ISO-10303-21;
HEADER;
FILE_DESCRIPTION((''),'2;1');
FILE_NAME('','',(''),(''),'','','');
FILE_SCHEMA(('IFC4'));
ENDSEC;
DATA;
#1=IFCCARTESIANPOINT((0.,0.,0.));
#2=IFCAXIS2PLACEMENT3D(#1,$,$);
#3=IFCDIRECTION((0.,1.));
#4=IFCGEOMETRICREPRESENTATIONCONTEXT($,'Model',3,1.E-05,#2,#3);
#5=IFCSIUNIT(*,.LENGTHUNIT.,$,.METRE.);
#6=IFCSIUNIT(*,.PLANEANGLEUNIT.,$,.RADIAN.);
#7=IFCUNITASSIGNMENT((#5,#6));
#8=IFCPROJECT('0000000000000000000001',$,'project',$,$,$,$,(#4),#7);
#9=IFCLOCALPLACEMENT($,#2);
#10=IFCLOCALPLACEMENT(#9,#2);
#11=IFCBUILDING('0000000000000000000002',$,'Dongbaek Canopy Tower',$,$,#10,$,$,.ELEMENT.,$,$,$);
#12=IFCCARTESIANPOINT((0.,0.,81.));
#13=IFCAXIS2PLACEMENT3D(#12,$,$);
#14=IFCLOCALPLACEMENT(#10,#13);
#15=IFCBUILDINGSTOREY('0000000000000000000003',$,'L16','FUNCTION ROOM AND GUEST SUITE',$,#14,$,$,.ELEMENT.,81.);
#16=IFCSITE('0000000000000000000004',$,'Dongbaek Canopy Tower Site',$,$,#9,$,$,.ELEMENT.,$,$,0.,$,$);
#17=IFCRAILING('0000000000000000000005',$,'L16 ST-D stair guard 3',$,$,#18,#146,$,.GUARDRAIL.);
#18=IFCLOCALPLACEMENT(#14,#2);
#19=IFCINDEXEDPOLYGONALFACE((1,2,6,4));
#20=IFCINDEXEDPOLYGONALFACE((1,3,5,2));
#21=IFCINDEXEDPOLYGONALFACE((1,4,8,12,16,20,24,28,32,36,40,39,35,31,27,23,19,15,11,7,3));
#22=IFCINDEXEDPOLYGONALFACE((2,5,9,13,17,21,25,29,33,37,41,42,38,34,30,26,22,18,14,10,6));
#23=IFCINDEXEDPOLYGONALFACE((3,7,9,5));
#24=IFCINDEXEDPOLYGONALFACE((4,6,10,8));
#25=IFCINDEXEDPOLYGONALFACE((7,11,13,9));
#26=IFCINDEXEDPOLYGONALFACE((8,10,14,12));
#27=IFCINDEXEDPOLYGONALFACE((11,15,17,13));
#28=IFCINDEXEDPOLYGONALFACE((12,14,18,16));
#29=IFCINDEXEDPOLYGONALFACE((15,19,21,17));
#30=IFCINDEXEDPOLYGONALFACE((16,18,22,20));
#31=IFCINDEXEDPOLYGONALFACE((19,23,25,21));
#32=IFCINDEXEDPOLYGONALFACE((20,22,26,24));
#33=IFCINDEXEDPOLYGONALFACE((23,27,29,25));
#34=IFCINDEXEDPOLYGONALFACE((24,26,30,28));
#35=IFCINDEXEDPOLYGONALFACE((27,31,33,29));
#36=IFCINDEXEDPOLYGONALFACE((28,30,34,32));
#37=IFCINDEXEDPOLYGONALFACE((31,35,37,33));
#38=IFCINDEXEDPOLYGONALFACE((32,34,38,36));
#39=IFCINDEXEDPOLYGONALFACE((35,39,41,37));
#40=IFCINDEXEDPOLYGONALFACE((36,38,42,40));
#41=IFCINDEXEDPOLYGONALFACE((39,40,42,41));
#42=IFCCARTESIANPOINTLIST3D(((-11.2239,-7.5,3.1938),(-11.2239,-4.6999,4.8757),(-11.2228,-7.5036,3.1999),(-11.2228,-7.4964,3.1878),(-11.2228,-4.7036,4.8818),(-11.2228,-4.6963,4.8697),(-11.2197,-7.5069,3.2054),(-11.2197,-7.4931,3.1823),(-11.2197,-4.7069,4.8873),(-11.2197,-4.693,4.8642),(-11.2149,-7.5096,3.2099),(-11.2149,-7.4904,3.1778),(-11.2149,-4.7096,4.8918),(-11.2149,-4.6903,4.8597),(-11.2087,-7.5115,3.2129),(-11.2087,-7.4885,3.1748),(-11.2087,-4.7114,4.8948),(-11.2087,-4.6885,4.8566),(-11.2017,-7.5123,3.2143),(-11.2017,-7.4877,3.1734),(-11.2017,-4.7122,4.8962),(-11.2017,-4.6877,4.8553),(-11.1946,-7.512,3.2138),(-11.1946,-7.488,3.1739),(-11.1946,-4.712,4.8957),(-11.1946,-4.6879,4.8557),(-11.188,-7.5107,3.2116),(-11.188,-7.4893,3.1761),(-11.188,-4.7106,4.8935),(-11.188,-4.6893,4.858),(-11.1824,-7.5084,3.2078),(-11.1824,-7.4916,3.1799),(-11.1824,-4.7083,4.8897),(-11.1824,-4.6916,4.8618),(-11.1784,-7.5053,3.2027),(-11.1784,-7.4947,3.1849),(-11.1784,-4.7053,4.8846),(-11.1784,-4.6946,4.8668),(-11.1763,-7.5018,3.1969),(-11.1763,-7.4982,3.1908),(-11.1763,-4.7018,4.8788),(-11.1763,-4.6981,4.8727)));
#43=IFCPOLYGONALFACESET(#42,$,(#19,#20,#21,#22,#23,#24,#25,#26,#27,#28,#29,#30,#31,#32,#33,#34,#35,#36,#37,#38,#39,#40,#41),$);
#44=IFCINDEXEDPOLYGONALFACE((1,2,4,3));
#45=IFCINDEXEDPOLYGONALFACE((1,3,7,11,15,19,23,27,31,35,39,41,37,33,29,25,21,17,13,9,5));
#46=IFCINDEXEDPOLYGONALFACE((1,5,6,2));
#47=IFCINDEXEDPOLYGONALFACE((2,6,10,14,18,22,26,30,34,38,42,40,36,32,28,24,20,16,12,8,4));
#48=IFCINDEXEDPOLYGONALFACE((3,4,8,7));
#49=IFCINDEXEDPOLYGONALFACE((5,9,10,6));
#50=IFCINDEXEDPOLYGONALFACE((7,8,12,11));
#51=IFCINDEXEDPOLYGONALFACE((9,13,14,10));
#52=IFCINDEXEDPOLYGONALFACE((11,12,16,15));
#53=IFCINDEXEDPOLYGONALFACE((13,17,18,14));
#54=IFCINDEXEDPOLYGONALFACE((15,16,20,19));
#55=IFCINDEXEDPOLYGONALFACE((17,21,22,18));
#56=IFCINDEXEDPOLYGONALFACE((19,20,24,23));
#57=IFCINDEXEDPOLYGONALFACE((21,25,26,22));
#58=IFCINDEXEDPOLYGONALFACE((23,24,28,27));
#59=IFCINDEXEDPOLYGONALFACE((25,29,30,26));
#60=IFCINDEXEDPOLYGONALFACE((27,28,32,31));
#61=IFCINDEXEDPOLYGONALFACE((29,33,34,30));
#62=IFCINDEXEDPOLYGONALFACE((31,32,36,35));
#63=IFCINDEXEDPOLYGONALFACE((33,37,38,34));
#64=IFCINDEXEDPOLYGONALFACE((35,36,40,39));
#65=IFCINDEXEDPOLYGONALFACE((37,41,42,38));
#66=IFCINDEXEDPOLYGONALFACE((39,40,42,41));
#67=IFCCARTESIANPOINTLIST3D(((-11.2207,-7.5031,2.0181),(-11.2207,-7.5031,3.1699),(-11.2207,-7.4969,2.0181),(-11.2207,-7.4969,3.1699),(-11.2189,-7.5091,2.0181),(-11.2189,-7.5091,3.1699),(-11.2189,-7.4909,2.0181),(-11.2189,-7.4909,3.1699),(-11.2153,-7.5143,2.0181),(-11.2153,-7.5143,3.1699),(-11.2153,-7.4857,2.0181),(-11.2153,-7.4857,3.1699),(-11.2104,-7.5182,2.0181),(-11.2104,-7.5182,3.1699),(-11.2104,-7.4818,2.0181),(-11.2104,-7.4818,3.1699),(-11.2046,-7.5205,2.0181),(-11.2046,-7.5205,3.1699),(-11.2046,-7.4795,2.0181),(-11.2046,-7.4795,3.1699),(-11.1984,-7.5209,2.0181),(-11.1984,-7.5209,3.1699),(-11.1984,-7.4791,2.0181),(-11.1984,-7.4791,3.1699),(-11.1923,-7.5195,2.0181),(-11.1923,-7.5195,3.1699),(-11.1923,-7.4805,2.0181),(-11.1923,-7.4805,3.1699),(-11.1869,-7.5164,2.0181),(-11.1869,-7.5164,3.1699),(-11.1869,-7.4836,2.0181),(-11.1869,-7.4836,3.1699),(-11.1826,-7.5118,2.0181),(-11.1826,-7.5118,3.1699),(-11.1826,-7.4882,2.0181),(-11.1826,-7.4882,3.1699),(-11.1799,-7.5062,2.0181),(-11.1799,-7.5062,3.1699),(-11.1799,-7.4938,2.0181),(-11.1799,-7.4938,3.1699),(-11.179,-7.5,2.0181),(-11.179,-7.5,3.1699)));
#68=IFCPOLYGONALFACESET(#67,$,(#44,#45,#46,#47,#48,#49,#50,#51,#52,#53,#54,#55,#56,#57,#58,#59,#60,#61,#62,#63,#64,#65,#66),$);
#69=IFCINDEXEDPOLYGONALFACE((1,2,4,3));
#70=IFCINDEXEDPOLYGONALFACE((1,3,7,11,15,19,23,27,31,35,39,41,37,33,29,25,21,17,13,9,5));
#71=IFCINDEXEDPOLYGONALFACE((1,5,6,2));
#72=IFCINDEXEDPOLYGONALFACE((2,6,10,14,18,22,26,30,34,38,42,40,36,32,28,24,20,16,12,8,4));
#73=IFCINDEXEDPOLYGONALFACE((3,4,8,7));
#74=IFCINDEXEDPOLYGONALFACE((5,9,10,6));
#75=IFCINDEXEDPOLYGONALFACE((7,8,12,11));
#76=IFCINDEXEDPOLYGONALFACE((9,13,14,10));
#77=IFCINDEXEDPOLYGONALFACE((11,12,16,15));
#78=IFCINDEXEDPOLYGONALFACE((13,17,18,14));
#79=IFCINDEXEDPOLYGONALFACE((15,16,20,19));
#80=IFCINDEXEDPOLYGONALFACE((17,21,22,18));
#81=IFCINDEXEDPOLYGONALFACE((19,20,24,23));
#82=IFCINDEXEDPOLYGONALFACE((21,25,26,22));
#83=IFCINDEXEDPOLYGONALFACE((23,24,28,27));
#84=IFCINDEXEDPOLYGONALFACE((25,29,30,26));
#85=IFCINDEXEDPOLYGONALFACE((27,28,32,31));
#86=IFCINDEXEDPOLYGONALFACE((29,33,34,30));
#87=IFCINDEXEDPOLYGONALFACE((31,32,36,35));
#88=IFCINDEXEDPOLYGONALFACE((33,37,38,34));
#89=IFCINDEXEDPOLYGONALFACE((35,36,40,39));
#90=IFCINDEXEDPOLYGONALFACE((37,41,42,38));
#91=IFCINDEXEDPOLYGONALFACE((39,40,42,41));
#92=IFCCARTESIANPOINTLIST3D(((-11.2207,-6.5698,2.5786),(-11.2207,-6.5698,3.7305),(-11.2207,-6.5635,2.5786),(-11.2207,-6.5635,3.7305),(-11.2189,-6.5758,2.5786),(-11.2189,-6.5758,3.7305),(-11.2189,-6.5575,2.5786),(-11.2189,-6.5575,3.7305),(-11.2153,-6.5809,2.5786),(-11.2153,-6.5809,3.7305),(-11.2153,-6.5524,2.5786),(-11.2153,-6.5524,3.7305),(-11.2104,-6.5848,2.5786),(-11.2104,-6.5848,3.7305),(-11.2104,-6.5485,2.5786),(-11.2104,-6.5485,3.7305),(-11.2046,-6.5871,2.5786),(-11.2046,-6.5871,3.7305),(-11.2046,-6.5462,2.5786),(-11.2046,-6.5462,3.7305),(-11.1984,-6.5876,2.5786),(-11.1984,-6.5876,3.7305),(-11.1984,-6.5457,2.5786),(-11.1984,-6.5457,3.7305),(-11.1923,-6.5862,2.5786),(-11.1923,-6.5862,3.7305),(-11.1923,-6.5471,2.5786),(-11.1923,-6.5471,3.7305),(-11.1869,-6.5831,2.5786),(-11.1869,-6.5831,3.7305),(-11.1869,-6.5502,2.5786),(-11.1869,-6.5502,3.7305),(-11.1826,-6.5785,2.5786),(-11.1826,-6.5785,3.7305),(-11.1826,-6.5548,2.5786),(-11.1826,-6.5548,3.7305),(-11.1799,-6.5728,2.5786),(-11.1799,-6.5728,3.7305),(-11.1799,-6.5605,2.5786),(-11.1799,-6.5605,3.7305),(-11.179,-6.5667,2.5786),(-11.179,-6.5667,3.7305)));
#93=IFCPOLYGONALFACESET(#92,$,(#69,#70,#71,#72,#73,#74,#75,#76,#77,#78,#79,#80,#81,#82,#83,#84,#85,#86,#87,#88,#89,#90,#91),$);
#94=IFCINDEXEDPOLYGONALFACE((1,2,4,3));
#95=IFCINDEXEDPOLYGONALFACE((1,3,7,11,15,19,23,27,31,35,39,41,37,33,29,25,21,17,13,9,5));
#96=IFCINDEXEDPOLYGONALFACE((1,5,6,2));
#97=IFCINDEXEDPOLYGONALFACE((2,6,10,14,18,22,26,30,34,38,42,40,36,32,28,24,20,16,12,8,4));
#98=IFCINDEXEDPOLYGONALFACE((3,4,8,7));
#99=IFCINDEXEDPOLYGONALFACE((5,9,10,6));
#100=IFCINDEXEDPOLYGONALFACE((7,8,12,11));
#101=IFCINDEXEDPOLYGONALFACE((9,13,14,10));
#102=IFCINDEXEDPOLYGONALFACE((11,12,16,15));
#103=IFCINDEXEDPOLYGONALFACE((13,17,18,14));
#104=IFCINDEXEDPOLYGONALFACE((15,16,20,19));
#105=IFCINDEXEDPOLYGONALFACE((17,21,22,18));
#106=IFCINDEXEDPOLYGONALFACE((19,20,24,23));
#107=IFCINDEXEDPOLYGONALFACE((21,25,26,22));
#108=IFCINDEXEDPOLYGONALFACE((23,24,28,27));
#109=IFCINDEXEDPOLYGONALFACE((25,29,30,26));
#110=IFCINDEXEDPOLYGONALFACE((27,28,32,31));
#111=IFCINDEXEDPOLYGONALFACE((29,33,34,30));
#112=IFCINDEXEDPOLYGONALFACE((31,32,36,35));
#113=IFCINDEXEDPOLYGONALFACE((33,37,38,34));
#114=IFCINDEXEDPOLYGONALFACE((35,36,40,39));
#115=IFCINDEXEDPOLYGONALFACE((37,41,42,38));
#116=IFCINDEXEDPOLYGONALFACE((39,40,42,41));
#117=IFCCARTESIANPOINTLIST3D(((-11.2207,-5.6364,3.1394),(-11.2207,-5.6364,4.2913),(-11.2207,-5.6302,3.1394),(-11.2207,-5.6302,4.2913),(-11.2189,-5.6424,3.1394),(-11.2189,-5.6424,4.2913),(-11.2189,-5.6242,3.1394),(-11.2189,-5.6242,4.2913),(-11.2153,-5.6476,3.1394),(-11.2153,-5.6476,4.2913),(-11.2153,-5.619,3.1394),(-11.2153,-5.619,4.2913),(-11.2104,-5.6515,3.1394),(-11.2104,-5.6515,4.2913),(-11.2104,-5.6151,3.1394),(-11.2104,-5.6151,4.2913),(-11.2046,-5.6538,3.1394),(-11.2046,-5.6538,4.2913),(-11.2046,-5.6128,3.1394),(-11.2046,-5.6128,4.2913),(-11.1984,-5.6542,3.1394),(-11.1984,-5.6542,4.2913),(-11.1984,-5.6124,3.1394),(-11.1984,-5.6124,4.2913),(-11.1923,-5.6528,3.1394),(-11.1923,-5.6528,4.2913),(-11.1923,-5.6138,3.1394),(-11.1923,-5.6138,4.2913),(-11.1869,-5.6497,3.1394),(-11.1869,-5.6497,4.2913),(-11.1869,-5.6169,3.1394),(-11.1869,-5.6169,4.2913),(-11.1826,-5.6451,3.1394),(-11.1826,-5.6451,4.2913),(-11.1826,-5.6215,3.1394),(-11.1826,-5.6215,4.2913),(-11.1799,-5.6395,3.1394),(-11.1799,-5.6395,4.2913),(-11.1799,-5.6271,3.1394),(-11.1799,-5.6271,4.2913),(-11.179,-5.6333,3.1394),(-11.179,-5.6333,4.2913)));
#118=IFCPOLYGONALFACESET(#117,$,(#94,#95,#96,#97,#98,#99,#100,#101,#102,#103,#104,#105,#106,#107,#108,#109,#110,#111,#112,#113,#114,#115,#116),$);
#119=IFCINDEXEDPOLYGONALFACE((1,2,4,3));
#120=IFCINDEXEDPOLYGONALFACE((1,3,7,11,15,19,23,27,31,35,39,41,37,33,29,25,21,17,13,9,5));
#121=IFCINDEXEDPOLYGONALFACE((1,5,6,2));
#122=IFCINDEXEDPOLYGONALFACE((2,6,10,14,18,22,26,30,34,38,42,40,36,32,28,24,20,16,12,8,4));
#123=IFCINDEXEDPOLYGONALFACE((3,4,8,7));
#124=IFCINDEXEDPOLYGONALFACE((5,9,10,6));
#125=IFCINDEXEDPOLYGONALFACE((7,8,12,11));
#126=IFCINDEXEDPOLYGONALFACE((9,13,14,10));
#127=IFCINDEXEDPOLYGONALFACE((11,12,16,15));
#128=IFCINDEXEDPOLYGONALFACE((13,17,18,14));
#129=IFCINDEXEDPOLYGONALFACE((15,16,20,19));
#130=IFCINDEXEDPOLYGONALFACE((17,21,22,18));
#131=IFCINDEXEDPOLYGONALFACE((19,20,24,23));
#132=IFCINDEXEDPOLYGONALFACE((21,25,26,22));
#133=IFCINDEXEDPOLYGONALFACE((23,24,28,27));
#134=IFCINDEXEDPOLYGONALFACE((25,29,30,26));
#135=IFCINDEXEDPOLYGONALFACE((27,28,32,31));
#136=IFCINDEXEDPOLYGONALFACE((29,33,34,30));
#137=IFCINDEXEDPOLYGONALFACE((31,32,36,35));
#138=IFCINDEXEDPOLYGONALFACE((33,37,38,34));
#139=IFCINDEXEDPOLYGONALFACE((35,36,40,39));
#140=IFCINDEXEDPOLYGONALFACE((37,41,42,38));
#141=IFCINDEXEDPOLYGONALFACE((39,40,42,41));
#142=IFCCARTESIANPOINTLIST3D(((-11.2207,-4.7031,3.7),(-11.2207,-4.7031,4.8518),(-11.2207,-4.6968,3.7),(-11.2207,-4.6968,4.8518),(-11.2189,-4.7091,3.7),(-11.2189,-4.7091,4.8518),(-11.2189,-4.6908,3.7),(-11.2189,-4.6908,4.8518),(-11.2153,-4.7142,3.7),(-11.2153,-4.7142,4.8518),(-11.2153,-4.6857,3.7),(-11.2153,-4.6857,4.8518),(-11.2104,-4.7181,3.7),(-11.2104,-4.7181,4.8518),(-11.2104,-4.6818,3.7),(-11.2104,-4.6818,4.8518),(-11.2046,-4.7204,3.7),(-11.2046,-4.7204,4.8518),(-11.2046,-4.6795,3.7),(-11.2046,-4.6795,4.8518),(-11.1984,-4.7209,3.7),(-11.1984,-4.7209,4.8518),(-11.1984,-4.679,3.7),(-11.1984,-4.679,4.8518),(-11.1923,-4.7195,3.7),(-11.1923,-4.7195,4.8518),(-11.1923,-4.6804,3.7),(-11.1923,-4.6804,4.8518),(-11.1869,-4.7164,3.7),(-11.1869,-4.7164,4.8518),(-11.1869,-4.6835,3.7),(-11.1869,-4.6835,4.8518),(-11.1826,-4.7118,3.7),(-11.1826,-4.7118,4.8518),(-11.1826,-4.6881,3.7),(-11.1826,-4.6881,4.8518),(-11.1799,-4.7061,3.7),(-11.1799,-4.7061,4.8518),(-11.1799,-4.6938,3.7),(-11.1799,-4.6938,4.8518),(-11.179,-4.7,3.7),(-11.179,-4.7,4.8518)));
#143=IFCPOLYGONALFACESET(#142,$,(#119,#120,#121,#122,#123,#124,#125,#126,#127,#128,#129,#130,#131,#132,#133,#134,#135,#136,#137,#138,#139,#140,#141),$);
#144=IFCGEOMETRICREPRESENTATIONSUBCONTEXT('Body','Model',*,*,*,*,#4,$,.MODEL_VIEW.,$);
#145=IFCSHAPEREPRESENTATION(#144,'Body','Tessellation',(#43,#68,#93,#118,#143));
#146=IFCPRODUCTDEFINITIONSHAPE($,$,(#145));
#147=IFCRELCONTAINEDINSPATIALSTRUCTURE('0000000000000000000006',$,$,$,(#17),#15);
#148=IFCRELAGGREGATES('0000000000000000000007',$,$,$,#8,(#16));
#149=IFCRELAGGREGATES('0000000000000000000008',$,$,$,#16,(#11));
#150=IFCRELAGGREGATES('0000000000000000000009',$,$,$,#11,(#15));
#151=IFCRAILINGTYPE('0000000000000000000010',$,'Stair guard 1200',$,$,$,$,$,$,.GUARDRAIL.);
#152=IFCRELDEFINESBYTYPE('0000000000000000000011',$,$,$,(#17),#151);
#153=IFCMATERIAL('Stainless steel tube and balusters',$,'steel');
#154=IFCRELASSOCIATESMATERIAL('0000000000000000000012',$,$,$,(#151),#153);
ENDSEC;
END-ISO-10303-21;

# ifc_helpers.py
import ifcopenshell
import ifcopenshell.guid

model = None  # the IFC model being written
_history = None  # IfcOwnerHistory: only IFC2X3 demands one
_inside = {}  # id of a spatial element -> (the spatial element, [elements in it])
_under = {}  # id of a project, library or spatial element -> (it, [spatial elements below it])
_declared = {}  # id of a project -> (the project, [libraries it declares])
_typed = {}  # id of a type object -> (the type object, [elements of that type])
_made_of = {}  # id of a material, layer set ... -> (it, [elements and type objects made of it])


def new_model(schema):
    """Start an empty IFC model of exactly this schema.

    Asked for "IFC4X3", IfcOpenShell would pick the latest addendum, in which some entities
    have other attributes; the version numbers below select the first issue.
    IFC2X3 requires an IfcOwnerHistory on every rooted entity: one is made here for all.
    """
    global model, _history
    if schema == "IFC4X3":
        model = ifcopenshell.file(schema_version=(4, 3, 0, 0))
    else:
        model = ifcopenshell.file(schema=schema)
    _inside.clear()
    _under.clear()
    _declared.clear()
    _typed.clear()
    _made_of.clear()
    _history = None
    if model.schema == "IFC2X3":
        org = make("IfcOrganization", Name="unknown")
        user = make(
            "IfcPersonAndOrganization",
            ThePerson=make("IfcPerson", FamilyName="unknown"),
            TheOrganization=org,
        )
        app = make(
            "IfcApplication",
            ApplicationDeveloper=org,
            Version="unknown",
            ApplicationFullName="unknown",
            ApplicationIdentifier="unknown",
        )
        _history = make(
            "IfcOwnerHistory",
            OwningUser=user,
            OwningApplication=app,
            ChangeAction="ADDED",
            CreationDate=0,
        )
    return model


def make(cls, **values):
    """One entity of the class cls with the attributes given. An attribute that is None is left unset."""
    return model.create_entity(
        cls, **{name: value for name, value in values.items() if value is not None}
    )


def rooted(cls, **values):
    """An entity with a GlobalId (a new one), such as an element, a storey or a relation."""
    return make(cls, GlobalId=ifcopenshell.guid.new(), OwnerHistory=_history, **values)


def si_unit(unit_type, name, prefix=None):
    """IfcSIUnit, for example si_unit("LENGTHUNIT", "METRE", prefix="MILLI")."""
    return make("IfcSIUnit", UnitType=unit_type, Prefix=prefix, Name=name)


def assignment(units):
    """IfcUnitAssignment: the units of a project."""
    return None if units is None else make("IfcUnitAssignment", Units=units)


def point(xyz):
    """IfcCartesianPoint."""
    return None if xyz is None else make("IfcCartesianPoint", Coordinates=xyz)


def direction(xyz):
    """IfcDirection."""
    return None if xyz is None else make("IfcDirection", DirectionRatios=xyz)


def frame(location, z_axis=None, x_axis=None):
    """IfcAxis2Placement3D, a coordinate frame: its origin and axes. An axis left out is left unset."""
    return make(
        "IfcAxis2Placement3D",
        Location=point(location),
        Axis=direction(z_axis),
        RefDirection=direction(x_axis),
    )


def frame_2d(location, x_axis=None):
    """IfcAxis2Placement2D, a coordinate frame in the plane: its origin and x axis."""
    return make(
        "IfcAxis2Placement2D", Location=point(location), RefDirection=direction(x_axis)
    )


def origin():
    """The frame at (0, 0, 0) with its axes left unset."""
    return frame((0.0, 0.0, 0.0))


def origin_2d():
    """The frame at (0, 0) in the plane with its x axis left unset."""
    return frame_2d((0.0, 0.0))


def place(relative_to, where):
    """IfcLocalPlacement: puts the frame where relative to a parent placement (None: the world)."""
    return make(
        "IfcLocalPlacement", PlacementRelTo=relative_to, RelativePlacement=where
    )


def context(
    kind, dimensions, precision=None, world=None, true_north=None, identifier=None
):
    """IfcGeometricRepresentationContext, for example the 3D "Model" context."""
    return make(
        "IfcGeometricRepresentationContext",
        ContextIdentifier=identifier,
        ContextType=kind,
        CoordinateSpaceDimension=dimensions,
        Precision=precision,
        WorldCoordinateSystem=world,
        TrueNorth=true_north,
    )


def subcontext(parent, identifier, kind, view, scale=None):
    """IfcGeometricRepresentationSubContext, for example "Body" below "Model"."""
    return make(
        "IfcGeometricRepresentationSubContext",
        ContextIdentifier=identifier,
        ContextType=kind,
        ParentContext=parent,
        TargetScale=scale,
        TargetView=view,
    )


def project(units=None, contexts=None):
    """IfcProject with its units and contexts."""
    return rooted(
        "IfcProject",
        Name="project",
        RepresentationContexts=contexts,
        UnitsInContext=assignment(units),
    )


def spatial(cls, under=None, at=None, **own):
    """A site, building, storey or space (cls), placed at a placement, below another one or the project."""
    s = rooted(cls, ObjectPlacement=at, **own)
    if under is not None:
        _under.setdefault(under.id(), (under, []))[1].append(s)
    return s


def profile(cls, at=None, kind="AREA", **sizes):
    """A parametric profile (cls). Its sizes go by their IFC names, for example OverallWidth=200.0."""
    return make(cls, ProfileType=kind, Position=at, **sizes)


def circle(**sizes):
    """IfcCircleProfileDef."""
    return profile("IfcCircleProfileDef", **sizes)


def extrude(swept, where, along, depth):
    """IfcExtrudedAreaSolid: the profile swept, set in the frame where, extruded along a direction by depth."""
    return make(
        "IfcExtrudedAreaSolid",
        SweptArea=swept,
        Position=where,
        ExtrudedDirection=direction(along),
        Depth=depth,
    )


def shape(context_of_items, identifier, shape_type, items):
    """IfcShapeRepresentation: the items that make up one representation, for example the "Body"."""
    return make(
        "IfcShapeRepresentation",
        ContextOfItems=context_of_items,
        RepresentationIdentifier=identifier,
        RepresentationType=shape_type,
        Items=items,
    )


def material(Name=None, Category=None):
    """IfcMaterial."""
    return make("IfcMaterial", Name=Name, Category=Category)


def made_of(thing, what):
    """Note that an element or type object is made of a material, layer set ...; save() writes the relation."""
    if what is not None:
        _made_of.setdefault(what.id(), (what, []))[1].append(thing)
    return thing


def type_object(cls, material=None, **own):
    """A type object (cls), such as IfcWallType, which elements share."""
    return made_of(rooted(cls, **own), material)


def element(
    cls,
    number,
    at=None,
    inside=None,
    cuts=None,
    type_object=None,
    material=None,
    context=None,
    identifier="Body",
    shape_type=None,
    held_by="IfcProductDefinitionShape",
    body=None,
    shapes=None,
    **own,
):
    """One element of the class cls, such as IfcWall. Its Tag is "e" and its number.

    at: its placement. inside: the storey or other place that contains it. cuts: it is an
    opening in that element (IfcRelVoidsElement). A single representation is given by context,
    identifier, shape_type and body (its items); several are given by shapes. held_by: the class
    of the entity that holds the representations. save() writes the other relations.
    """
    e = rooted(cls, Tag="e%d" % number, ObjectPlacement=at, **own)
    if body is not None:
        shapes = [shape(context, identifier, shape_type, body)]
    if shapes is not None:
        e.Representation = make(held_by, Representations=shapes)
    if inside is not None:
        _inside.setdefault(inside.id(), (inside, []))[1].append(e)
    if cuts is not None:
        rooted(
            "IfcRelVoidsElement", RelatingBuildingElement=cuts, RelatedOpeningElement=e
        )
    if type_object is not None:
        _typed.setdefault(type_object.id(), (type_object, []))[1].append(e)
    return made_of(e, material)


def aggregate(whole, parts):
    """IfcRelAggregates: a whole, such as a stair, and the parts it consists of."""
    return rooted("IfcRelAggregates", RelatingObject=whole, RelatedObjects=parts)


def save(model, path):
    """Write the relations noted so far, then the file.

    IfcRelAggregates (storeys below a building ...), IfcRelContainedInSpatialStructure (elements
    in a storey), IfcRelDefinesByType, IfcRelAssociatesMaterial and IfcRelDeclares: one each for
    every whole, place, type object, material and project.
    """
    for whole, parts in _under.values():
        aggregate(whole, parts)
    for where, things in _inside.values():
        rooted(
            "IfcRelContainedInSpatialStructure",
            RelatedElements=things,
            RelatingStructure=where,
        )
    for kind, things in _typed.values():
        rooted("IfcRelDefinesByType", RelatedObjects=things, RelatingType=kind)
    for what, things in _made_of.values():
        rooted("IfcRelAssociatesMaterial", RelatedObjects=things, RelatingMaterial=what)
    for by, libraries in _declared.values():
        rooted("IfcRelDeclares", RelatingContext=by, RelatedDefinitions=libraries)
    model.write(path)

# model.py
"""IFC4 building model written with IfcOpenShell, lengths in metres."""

from ifc_helpers import new_model, si_unit, direction, frame, origin, origin_2d, place, context, subcontext, project, spatial, circle, extrude, material, type_object, element, save


model = new_model("IFC4")

# Units and contexts
model_context = context("Model", 3, precision=1e-05, world=origin(), true_north=direction((0.0, 1.0)))
body_context = subcontext(model_context, "Body", "Model", "MODEL_VIEW")
ifc_project = project(units=[si_unit("LENGTHUNIT", "METRE"), si_unit("PLANEANGLEUNIT", "RADIAN")], contexts=[model_context])

# Site, building, storey
site_placement = place(None, origin())
site = spatial("IfcSite", under=ifc_project, at=site_placement, Name="Dongbaek Canopy Tower Site", CompositionType="ELEMENT", RefElevation=0.0)
building_placement = place(site_placement, origin())
building = spatial("IfcBuilding", under=site, at=building_placement, Name="Dongbaek Canopy Tower", CompositionType="ELEMENT")
storey_placement = place(building_placement, frame((0.0, 0.0, 81.0)))
storey = spatial("IfcBuildingStorey", under=building, at=storey_placement, Name="L16", Description="FUNCTION ROOM AND GUEST SUITE", CompositionType="ELEMENT", Elevation=81.0)

# Railing
ifc_material_1 = material(Name="Stainless steel tube and balusters", Category="steel")
railing_type_1 = type_object("IfcRailingType", Name="Stair guard 1200", PredefinedType="GUARDRAIL", material=ifc_material_1)
railing_1_placement = place(storey_placement, frame((-11.2, -7.5, 2.0181)))
element("IfcRailing", 1, at=railing_1_placement, inside=storey, type_object=railing_type_1, Name="L16 ST-D stair guard 3", PredefinedType="GUARDRAIL", context=body_context, shape_type="SweptSolid", body=[
    extrude(circle(Radius=0.0239, at=origin_2d()), frame((0.0, 0.0, 1.1758), z_axis=(0.0, 0.857242, 0.514913), x_axis=(-1.0, 0.0, 0.0)), (0.0, 0.0, 1.0), 3.2664),
    extrude(circle(Radius=0.021, at=origin_2d()), origin(), (0.0, 0.0, 1.0), 1.1519),
    extrude(circle(Radius=0.021, at=origin_2d()), frame((0.0, 0.9333, 0.5605)), (0.0, 0.0, 1.0), 1.1519),
    extrude(circle(Radius=0.021, at=origin_2d()), frame((0.0, 1.8667, 1.1213)), (0.0, 0.0, 1.0), 1.1519),
    extrude(circle(Radius=0.021, at=origin_2d()), frame((0.0, 2.8, 1.6819)), (0.0, 0.0, 1.0), 1.1519),
])

save(model, "model.ifc")
